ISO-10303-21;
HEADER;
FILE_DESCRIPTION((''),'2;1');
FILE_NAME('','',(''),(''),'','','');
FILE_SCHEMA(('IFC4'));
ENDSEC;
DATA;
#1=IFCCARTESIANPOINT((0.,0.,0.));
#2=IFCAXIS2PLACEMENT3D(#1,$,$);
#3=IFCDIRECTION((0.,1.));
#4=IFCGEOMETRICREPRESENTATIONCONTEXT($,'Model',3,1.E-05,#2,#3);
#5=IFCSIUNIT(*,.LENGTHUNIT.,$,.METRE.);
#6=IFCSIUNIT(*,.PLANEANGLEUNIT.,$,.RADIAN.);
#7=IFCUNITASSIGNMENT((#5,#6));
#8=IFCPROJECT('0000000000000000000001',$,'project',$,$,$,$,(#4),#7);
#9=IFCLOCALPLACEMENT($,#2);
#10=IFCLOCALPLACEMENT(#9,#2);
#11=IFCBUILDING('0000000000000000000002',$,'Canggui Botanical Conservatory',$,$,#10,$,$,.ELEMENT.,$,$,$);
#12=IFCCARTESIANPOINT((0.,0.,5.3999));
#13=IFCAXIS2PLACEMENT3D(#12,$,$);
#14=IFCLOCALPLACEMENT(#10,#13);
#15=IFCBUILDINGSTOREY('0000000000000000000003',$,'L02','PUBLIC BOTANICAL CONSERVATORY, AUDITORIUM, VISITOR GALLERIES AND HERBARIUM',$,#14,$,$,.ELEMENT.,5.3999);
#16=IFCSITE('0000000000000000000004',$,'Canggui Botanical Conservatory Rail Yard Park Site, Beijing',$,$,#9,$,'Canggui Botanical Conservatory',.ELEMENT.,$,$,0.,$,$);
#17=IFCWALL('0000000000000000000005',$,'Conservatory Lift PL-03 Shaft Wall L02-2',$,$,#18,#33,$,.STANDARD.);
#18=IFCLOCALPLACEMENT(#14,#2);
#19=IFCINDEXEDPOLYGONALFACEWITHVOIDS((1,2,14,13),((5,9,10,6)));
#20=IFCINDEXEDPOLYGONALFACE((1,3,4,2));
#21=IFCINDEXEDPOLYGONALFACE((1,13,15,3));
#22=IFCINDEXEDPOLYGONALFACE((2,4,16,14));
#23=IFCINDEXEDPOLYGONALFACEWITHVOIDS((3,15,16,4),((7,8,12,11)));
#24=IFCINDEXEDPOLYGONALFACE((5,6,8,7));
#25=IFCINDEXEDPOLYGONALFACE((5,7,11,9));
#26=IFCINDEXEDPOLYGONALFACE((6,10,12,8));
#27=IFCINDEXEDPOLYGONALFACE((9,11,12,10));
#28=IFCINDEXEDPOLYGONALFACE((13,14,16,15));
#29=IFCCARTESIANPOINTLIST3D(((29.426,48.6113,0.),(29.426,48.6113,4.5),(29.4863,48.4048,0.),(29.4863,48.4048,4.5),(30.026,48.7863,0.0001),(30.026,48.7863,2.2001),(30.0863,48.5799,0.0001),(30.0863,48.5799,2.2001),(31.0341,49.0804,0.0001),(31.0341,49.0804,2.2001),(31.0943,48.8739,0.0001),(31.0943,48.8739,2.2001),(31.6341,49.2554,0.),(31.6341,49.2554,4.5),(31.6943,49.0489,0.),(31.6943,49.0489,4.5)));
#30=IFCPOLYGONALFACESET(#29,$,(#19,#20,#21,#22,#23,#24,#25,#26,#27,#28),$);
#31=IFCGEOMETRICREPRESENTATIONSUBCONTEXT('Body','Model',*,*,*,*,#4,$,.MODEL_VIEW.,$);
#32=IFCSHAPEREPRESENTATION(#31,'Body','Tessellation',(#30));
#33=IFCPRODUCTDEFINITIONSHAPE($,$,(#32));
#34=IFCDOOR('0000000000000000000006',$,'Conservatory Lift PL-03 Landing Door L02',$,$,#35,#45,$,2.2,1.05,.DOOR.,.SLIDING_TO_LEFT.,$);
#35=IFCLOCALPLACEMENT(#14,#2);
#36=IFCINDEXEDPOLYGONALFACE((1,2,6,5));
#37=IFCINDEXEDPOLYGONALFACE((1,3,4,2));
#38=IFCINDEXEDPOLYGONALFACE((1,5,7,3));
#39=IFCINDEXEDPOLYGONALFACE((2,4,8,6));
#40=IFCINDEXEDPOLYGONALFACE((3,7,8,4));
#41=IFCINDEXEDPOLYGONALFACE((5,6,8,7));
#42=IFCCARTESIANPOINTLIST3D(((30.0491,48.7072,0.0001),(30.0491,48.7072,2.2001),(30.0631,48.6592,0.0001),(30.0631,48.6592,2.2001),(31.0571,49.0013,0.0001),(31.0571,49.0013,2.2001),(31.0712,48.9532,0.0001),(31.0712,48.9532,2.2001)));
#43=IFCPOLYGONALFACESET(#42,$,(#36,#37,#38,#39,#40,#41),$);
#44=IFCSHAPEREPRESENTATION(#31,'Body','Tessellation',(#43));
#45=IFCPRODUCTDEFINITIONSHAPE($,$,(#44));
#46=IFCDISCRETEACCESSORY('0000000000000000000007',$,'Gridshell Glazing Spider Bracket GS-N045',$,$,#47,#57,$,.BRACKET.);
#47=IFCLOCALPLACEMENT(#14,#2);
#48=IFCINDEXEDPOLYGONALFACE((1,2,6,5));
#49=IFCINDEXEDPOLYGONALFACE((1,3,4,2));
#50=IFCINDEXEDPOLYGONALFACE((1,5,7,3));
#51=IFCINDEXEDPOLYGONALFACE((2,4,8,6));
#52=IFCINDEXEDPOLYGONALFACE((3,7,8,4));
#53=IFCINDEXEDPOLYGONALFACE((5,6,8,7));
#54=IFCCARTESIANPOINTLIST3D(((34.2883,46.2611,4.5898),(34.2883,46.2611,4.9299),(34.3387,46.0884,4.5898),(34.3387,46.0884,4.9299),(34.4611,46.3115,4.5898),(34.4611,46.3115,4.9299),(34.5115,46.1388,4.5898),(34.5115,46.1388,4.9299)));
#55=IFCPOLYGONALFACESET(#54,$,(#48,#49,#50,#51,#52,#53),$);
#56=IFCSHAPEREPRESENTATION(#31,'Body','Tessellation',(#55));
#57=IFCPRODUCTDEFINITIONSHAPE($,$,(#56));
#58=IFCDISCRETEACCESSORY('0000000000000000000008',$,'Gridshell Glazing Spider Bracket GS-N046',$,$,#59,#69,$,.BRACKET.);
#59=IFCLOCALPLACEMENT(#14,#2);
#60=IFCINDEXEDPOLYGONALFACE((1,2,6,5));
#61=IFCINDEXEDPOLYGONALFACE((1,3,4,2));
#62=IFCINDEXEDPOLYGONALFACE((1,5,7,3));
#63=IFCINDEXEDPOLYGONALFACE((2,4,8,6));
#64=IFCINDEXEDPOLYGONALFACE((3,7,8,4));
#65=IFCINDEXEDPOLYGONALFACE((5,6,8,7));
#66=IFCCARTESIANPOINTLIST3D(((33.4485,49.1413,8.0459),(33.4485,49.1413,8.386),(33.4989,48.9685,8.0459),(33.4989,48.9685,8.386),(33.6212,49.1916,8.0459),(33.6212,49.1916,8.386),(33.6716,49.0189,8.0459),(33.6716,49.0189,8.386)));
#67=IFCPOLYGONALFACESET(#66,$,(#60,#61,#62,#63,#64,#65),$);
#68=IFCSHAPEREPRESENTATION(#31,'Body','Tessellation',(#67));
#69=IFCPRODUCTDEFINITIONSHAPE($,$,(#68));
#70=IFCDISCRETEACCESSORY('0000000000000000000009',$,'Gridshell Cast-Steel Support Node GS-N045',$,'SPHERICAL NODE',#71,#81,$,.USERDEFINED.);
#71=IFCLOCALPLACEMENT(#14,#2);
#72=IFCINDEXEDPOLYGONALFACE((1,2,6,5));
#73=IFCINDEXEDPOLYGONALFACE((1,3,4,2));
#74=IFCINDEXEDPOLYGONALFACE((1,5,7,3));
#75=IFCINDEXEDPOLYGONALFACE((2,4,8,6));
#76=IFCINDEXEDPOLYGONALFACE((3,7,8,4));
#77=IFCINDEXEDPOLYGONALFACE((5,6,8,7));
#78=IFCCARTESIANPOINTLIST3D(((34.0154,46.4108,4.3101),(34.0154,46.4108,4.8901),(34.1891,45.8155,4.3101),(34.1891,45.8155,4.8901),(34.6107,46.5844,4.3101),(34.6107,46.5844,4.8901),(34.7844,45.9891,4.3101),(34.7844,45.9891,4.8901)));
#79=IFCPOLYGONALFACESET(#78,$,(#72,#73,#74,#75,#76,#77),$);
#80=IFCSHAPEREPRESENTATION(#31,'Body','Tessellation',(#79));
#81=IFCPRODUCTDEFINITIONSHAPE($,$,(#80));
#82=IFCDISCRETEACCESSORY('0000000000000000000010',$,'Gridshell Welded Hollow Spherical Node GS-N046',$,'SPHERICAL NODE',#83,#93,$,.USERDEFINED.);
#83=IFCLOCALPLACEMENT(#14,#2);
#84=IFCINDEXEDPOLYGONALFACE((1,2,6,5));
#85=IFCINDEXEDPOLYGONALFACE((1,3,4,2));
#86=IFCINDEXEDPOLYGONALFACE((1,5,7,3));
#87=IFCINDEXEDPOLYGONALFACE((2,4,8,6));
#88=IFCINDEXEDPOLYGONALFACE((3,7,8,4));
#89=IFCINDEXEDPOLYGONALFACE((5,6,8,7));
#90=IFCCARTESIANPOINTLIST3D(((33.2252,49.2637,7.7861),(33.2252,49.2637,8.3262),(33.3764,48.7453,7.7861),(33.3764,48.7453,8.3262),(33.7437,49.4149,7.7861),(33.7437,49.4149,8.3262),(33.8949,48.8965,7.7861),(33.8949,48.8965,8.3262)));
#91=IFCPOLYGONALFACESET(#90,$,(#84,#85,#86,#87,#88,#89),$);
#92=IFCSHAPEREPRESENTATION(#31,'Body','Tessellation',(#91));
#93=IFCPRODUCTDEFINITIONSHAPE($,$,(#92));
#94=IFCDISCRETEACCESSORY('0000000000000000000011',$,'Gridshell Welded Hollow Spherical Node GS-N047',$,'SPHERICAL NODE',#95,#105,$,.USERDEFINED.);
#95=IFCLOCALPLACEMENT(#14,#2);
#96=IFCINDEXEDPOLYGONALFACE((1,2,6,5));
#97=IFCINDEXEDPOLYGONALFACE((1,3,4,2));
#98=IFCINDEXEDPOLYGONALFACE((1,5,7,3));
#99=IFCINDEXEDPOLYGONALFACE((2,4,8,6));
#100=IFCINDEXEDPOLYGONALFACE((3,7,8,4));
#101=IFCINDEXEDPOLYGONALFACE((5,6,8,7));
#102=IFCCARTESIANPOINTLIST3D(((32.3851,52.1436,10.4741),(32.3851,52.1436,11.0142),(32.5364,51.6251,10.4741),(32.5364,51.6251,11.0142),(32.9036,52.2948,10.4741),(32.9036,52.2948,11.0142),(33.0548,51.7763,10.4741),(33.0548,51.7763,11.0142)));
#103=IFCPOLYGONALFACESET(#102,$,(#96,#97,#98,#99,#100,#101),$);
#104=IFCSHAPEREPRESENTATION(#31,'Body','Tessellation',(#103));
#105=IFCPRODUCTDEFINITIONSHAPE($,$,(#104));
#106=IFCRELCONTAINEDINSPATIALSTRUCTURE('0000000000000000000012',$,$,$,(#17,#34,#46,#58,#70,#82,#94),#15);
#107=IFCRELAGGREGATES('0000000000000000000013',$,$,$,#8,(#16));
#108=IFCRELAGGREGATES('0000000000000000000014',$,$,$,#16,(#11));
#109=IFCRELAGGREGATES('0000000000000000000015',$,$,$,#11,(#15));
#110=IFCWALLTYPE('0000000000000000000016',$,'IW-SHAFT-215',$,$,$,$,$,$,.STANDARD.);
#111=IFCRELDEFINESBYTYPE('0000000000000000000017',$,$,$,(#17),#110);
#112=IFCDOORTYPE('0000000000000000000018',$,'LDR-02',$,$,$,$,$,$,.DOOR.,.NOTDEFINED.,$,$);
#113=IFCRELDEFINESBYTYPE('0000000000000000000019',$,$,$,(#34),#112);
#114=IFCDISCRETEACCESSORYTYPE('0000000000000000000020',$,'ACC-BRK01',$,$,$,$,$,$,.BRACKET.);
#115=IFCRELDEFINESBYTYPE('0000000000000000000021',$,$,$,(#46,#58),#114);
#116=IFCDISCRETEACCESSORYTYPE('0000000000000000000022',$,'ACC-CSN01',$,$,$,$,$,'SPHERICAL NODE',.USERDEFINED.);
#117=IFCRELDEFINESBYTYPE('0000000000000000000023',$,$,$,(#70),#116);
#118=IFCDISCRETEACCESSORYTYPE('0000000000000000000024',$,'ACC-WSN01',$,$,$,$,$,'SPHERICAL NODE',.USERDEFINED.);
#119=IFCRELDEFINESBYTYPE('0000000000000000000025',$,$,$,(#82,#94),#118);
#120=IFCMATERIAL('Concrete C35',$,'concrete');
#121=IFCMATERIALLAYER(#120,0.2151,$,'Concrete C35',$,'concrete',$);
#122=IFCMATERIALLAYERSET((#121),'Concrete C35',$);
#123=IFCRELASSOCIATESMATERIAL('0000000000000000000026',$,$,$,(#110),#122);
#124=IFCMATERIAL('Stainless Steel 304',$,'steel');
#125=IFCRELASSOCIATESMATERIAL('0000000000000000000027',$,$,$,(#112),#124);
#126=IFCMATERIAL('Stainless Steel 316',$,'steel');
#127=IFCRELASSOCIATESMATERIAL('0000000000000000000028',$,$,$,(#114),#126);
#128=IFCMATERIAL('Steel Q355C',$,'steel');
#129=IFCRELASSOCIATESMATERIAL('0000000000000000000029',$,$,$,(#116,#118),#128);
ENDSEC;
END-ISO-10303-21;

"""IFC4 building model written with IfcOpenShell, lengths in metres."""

from ifc_helpers import new_model, si_unit, direction, frame, frame_2d, origin, origin_2d, place, context, subcontext, project, spatial, rectangle, extrude, material, layer, layer_set, type_object, element, fill, save


model = new_model("IFC4")

# Units and contexts
model_context = context("Model", 3, precision=1e-05, world=origin(), true_north=direction((0.0, 1.0)))
body_context = subcontext(model_context, "Body", "Model", "MODEL_VIEW")
ifc_project = project(units=[si_unit("LENGTHUNIT", "METRE"), si_unit("PLANEANGLEUNIT", "RADIAN")], contexts=[model_context])

# Site, building, storey
site_placement = place(None, origin())
site = spatial("IfcSite", under=ifc_project, at=site_placement, Name="Canggui Botanical Conservatory Rail Yard Park Site, Beijing", LongName="Canggui Botanical Conservatory", CompositionType="ELEMENT", RefElevation=0.0)
building_placement = place(site_placement, origin())
building = spatial("IfcBuilding", under=site, at=building_placement, Name="Canggui Botanical Conservatory", CompositionType="ELEMENT")
storey_placement = place(building_placement, frame((0.0, 0.0, 5.3999)))
storey = spatial("IfcBuildingStorey", under=building, at=storey_placement, Name="L02", Description="PUBLIC BOTANICAL CONSERVATORY, AUDITORIUM, VISITOR GALLERIES AND HERBARIUM", CompositionType="ELEMENT", Elevation=5.3999)

# Shared definitions
ifc_material_1 = material(Name="Steel Q355C", Category="steel")

# Shared definitions
ifc_material_2 = material(Name="Concrete C35", Category="concrete")
ifc_layer_1 = layer(ifc_material_2, 0.2151, Name="Concrete C35", Category="concrete")
ifc_layer_set_1 = layer_set([ifc_layer_1], Name="Concrete C35")
wall_type = type_object("IfcWallType", Name="IW-SHAFT-215", PredefinedType="STANDARD", material=ifc_layer_set_1)

# Wall, opening, door
wall_1_placement = place(storey_placement, frame((31.6641, 49.1521, 0.0), z_axis=(0.0, 0.0, 1.0), x_axis=(-0.959995, -0.280016, 0.0)))
wall_1 = element("IfcWall", 1, at=wall_1_placement, inside=storey, type_object=wall_type, Name="Conservatory Lift PL-03 Shaft Wall L02-2", PredefinedType="STANDARD", context=body_context, shape_type="SweptSolid", body=[
    extrude(rectangle(XDim=2.3, YDim=0.2151, at=frame_2d((1.1499, 0.0))), origin(), (0.0, 0.0, 1.0), 4.5),
])
opening_placement = place(wall_1_placement, frame((0.625, 0.0, 0.0)))
opening = element("IfcOpeningElement", 2, at=opening_placement, cuts=wall_1, PredefinedType="OPENING", context=body_context, shape_type="SweptSolid", body=[
    extrude(rectangle(XDim=1.05, YDim=2.2, at=frame_2d((0.5249, 1.1001))), frame((0.0, 0.1177, 0.0), z_axis=(0.0, -1.0, 0.0), x_axis=(1.0, 0.0, 0.0)), (0.0, 0.0, 1.0), 0.2351),
])
ifc_material_3 = material(Name="Stainless Steel 304", Category="steel")
door_type = type_object("IfcDoorType", Name="LDR-02", OperationType="NOTDEFINED", PredefinedType="DOOR", material=ifc_material_3)
door_placement = place(opening_placement, origin())
door = element("IfcDoor", 3, at=door_placement, inside=storey, type_object=door_type, Name="Conservatory Lift PL-03 Landing Door L02", OperationType="SLIDING_TO_LEFT", OverallHeight=2.2, OverallWidth=1.05, PredefinedType="DOOR", context=body_context, shape_type="SweptSolid", body=[
    extrude(rectangle(XDim=1.05, YDim=2.2, at=frame_2d((0.5249, 1.1001))), frame((0.0, 0.0249, 0.0), z_axis=(0.0, -1.0, 0.0), x_axis=(1.0, 0.0, 0.0)), (0.0, 0.0, 1.0), 0.05),
])
fill(opening, door)

# Discrete accessories
ifc_material_4 = material(Name="Stainless Steel 316", Category="steel")
discrete_accessory_type_1 = type_object("IfcDiscreteAccessoryType", Name="ACC-BRK01", PredefinedType="BRACKET", material=ifc_material_4)
for number, where, z_axis, x_axis, name in (
    (4, (34.3999, 46.2, 4.5898), (0.0, 0.0, 1.0), (0.96, 0.28, 0.0), "Gridshell Glazing Spider Bracket GS-N045"),
    (5, (33.5601, 49.0801, 8.0459), (0.0, 0.0, 1.0), (0.96, 0.28, 0.0), "Gridshell Glazing Spider Bracket GS-N046"),
):
    element("IfcDiscreteAccessory", number, at=place(storey_placement, frame(where, z_axis=z_axis, x_axis=x_axis)), inside=storey, type_object=discrete_accessory_type_1, Name=name, PredefinedType="BRACKET", context=body_context, shape_type="SweptSolid", body=[
        extrude(rectangle(XDim=0.1799, YDim=0.1799, at=origin_2d()), origin(), (0.0, 0.0, 1.0), 0.3401),
    ])
discrete_accessory_type_2 = type_object("IfcDiscreteAccessoryType", Name="ACC-CSN01", ElementType="SPHERICAL NODE", PredefinedType="USERDEFINED", material=ifc_material_1)
discrete_accessory_placement = place(storey_placement, frame((34.3999, 46.2, 4.3101), z_axis=(0.0, 0.0, 1.0), x_axis=(0.96, 0.28, 0.0)))
element("IfcDiscreteAccessory", 6, at=discrete_accessory_placement, inside=storey, type_object=discrete_accessory_type_2, Name="Gridshell Cast-Steel Support Node GS-N045", ObjectType="SPHERICAL NODE", PredefinedType="USERDEFINED", context=body_context, shape_type="SweptSolid", body=[
    extrude(rectangle(XDim=0.6201, YDim=0.6201, at=origin_2d()), origin(), (0.0, 0.0, 1.0), 0.5801),
])
discrete_accessory_type_3 = type_object("IfcDiscreteAccessoryType", Name="ACC-WSN01", ElementType="SPHERICAL NODE", PredefinedType="USERDEFINED", material=ifc_material_1)
for number, where, z_axis, x_axis, name in (
    (7, (33.5601, 49.0801, 7.7861), (0.0, 0.0, 1.0), (0.96, 0.28, 0.0), "Gridshell Welded Hollow Spherical Node GS-N046"),
    (8, (32.72, 51.96, 10.4741), (0.0, 0.0, 1.0), (0.96, 0.28, 0.0), "Gridshell Welded Hollow Spherical Node GS-N047"),
):
    element("IfcDiscreteAccessory", number, at=place(storey_placement, frame(where, z_axis=z_axis, x_axis=x_axis)), inside=storey, type_object=discrete_accessory_type_3, Name=name, ObjectType="SPHERICAL NODE", PredefinedType="USERDEFINED", context=body_context, shape_type="SweptSolid", body=[
        extrude(rectangle(XDim=0.54, YDim=0.54, at=origin_2d()), origin(), (0.0, 0.0, 1.0), 0.54),
    ])

save(model, "model.ifc")
